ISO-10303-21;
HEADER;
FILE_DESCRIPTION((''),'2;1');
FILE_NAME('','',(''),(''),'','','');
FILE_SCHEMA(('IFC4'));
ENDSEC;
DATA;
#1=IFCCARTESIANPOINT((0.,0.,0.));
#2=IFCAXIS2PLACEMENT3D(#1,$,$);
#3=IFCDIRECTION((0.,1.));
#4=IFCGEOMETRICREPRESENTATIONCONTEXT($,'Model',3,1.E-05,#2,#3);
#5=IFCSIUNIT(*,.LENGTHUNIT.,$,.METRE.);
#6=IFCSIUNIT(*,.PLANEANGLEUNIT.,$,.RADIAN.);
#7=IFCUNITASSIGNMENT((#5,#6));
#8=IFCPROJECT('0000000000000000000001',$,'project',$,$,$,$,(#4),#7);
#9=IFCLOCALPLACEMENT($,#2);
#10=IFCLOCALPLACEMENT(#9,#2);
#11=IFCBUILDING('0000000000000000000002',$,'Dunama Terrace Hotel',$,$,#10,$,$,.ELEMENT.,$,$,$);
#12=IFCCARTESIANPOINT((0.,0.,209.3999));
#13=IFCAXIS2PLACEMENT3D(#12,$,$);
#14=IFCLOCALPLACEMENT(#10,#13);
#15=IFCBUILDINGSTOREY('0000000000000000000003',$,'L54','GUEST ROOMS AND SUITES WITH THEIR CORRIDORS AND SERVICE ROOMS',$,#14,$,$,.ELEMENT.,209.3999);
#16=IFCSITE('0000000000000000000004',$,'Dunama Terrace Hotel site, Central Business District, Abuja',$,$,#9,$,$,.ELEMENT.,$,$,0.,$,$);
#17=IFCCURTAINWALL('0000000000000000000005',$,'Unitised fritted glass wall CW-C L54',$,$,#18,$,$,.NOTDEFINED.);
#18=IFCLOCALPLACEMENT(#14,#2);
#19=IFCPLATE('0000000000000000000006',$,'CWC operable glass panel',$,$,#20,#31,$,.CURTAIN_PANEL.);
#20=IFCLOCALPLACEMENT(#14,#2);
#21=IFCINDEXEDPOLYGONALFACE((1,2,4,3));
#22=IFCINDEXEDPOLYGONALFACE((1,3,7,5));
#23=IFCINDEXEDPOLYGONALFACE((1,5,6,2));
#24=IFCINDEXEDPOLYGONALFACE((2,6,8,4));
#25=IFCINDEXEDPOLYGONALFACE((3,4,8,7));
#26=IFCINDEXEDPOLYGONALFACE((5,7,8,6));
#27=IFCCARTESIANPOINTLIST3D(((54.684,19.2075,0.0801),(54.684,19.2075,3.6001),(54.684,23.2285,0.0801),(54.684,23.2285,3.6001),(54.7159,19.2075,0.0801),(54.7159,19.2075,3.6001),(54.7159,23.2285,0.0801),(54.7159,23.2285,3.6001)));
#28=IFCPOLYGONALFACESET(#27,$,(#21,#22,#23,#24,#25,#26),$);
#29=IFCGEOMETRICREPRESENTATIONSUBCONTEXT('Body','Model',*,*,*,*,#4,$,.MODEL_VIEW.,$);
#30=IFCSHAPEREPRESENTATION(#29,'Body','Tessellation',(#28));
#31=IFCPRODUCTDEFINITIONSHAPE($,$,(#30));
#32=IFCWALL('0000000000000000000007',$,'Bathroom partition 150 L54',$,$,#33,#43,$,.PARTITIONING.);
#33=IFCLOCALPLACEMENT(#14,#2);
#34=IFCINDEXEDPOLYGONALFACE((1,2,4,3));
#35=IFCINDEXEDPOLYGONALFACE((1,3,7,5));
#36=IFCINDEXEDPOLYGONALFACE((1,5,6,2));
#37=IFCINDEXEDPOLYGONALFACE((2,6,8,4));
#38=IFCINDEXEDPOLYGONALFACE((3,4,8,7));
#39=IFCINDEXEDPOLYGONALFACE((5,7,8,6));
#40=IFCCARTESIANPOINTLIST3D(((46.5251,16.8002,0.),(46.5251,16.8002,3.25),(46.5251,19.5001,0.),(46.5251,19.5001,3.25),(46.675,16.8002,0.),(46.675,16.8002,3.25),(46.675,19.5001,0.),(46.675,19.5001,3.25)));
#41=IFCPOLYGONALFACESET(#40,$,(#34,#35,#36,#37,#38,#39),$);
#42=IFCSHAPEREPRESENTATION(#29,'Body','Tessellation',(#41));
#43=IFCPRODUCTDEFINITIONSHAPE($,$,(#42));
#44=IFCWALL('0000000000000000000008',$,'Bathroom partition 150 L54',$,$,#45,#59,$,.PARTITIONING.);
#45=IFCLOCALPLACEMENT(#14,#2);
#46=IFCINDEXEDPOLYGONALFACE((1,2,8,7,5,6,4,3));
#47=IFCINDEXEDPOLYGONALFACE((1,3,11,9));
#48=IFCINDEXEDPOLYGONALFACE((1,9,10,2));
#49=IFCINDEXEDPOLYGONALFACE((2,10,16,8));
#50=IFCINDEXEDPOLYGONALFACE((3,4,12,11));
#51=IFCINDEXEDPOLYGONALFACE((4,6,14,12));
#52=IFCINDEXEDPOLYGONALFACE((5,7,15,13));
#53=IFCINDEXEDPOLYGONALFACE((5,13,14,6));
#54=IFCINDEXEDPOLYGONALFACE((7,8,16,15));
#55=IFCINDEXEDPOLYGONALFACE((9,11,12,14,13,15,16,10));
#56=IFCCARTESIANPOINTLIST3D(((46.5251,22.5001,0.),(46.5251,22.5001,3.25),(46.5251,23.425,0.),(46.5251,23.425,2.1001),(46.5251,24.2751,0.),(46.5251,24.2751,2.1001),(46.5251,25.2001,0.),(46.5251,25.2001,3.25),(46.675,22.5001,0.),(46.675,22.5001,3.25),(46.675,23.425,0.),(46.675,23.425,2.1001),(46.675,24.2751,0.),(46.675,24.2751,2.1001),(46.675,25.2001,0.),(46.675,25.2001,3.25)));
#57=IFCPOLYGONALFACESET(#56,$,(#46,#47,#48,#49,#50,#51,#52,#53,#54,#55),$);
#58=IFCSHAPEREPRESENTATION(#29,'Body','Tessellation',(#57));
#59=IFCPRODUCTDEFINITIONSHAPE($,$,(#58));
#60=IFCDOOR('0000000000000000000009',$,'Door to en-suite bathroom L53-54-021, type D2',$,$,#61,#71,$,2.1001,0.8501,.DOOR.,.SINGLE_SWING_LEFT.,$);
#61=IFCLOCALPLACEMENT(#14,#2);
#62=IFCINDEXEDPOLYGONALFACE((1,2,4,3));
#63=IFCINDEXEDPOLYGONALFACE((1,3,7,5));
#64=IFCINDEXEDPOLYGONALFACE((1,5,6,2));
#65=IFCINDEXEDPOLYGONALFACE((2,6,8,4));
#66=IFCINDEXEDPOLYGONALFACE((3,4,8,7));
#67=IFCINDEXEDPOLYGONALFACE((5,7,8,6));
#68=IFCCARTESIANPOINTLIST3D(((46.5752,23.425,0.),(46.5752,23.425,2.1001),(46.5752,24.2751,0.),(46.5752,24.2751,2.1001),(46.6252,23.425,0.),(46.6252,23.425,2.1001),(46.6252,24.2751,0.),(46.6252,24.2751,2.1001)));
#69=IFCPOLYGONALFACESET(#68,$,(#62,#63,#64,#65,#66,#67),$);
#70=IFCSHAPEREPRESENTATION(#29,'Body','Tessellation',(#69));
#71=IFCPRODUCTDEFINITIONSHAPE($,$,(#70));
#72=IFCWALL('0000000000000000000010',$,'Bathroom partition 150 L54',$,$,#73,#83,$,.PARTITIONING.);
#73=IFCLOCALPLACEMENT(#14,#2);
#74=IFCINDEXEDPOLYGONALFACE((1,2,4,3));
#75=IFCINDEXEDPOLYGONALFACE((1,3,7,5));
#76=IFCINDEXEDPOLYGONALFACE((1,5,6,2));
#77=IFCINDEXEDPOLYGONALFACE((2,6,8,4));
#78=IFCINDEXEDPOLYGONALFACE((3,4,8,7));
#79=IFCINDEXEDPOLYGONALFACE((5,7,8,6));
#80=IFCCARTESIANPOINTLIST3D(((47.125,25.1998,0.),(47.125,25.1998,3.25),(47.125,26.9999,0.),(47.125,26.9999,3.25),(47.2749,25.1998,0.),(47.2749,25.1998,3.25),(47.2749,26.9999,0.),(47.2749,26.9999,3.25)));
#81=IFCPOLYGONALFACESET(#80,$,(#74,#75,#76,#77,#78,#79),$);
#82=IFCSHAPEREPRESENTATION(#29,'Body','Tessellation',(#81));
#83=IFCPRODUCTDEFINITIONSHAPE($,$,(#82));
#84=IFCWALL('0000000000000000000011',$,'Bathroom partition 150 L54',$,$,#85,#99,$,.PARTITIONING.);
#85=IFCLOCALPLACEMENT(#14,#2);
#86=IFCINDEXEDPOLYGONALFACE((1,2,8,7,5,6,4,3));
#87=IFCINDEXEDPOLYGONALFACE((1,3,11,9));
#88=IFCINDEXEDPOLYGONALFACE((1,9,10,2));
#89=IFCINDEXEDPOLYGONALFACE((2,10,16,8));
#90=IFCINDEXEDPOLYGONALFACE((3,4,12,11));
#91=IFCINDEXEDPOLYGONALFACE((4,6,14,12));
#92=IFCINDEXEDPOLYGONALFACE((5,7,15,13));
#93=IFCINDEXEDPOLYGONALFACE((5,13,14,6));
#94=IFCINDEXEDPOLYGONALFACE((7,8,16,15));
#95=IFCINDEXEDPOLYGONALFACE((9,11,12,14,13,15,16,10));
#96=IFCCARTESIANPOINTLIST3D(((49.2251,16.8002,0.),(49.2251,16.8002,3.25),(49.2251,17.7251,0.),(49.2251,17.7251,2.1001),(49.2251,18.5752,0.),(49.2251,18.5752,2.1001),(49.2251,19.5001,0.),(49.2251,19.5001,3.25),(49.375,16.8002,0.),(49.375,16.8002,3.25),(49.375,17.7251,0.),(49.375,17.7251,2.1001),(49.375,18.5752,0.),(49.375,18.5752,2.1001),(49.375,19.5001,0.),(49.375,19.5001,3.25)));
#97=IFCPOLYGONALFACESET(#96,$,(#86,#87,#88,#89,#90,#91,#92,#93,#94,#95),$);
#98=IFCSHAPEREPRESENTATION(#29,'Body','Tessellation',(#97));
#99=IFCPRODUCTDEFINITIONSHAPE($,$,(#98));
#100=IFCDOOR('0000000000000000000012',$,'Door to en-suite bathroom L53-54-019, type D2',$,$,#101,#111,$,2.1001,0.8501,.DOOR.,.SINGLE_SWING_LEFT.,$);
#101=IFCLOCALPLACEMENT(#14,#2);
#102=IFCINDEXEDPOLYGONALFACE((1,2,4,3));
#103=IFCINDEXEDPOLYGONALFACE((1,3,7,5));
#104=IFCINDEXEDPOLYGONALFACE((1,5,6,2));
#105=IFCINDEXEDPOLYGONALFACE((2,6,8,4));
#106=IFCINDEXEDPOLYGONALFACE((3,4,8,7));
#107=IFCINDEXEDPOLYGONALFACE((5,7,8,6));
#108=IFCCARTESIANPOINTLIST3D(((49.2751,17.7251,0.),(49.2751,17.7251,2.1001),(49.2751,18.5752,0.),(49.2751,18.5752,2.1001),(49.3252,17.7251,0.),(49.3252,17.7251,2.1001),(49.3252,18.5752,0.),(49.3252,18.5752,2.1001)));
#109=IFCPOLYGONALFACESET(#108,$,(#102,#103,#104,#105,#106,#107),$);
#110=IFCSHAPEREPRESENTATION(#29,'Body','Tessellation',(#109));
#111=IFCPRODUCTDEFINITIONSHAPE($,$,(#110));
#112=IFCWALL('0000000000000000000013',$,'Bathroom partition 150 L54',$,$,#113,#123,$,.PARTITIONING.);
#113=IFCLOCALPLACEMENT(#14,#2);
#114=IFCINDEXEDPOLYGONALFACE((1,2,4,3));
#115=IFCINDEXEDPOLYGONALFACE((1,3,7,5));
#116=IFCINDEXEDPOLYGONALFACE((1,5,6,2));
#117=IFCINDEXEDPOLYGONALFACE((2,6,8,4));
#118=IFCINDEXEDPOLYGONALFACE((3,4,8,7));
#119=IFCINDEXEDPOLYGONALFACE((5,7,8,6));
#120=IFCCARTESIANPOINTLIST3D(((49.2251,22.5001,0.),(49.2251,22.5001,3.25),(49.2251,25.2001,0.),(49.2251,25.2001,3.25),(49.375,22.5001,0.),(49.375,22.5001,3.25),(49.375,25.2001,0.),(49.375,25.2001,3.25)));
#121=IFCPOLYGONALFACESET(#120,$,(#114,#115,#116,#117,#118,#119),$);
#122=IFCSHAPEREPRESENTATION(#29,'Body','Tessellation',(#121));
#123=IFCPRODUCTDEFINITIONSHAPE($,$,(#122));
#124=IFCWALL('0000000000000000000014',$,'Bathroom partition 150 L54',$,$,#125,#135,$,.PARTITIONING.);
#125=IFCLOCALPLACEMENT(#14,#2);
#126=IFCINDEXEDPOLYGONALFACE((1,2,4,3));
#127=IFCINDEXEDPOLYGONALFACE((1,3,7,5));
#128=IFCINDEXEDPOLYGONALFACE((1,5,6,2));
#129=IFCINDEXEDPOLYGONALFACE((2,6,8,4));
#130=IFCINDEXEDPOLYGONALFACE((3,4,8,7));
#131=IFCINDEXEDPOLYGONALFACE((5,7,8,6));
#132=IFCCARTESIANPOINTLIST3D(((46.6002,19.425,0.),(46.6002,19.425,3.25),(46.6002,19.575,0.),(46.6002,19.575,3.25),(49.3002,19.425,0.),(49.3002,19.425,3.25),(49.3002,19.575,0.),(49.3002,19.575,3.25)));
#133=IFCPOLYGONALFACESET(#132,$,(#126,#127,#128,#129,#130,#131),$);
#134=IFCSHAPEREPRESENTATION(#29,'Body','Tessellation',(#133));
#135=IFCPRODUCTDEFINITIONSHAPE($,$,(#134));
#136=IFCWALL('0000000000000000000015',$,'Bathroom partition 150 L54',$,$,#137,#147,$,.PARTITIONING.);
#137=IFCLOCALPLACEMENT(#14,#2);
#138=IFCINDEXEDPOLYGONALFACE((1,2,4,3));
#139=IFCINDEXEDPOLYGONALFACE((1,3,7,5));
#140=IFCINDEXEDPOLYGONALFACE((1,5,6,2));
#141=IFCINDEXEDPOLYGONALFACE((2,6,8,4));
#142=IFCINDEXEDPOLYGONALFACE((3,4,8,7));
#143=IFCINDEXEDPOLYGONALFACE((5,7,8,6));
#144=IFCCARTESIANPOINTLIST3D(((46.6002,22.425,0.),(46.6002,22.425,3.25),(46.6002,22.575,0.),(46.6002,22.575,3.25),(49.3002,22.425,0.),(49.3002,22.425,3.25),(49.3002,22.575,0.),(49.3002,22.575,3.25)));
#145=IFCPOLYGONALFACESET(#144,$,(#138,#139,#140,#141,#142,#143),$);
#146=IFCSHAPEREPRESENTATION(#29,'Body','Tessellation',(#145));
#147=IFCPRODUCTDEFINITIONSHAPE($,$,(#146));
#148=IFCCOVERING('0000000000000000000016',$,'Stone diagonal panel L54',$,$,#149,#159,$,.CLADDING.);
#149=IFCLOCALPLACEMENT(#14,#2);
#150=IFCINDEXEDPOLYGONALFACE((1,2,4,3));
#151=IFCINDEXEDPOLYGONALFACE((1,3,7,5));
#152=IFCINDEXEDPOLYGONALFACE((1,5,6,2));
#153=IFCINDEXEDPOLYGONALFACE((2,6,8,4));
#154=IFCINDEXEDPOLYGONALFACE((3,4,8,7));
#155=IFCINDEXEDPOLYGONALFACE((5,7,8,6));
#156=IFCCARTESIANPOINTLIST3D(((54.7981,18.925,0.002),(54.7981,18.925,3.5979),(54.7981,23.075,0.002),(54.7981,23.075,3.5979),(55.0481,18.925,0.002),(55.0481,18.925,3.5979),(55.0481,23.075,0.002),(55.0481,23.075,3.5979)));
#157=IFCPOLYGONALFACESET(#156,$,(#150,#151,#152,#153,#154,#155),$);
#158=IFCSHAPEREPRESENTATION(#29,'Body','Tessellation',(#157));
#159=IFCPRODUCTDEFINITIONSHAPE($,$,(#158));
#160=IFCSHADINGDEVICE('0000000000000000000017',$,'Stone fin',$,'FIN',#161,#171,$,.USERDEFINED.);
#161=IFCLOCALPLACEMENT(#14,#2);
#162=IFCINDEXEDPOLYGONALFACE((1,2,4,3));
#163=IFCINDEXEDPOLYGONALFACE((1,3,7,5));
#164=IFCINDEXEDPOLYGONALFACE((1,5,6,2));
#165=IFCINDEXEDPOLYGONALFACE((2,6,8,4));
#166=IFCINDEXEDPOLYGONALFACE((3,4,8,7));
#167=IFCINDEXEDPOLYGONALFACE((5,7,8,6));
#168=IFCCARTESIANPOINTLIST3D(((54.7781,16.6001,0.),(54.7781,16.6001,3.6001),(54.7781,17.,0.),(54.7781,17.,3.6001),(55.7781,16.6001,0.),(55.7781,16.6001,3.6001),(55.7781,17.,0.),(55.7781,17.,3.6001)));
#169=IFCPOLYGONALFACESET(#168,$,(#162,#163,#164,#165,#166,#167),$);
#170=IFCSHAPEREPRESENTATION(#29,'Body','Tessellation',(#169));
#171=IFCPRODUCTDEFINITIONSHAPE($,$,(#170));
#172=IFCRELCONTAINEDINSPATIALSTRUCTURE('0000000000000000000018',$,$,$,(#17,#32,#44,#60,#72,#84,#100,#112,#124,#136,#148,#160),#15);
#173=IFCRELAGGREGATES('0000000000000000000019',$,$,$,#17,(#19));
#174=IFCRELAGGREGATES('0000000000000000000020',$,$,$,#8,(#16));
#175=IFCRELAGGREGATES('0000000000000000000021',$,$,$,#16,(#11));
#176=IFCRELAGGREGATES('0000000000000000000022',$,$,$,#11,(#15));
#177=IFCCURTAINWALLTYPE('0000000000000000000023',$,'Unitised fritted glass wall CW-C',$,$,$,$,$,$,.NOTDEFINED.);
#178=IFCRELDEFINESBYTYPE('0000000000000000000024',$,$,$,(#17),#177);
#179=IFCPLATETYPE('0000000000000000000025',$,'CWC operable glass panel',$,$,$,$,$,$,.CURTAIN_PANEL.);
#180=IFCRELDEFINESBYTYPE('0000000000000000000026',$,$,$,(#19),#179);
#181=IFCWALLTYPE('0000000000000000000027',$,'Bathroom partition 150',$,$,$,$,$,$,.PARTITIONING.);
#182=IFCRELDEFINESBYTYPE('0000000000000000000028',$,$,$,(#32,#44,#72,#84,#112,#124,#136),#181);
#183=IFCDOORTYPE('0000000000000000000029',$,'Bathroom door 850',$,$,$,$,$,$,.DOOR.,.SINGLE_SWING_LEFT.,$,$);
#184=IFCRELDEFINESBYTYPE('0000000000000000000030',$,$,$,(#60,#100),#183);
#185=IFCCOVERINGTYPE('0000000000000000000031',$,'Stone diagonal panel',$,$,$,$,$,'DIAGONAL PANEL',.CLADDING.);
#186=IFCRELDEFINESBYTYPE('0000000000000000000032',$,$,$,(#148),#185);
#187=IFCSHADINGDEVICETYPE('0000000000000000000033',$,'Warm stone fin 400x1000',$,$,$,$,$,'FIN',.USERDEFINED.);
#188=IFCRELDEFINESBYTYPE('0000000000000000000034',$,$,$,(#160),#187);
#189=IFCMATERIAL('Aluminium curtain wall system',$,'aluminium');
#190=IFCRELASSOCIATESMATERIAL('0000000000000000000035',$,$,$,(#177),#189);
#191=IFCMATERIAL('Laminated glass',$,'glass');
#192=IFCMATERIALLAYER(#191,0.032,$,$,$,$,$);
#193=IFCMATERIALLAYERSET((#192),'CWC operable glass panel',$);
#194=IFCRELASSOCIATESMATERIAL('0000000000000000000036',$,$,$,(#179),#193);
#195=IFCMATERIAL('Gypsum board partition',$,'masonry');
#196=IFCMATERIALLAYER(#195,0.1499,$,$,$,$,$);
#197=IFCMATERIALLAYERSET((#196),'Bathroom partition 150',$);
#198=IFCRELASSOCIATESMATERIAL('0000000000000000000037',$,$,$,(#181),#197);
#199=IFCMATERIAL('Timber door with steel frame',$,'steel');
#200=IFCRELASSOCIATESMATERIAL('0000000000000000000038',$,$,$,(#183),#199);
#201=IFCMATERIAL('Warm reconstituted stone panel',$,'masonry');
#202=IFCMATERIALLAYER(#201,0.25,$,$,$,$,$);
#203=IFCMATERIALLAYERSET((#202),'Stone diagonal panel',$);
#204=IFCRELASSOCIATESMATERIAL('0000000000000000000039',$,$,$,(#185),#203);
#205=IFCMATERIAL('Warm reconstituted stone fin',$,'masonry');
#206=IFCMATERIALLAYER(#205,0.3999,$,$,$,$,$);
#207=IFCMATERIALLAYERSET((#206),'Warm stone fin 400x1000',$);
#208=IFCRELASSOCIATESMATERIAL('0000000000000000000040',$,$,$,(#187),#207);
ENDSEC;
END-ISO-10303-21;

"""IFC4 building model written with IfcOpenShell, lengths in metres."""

from ifc_helpers import new_model, si_unit, direction, frame, frame_2d, origin, origin_2d, place, context, subcontext, project, spatial, rectangle, extrude, material, layer, layer_set, type_object, element, fill, aggregate, save


model = new_model("IFC4")

# Units and contexts
model_context = context("Model", 3, precision=1e-05, world=origin(), true_north=direction((0.0, 1.0)))
body_context = subcontext(model_context, "Body", "Model", "MODEL_VIEW")
ifc_project = project(units=[si_unit("LENGTHUNIT", "METRE"), si_unit("PLANEANGLEUNIT", "RADIAN")], contexts=[model_context])

# Site, building, storey
site_placement = place(None, origin())
site = spatial("IfcSite", under=ifc_project, at=site_placement, Name="Dunama Terrace Hotel site, Central Business District, Abuja", CompositionType="ELEMENT", RefElevation=0.0)
building_placement = place(site_placement, origin())
building = spatial("IfcBuilding", under=site, at=building_placement, Name="Dunama Terrace Hotel", CompositionType="ELEMENT")
storey_placement = place(building_placement, frame((0.0, 0.0, 209.3999)))
storey = spatial("IfcBuildingStorey", under=building, at=storey_placement, Name="L54", Description="GUEST ROOMS AND SUITES WITH THEIR CORRIDORS AND SERVICE ROOMS", CompositionType="ELEMENT", Elevation=209.3999)

# Curtain wall
ifc_material_1 = material(Name="Aluminium curtain wall system", Category="aluminium")
curtain_wall_type = type_object("IfcCurtainWallType", Name="Unitised fritted glass wall CW-C", PredefinedType="NOTDEFINED", material=ifc_material_1)
curtain_wall_placement = place(storey_placement, origin())
curtain_wall = element("IfcCurtainWall", 1, at=curtain_wall_placement, inside=storey, type_object=curtain_wall_type, Name="Unitised fritted glass wall CW-C L54", PredefinedType="NOTDEFINED")

# Plate
ifc_material_2 = material(Name="Laminated glass", Category="glass")
ifc_layer_1 = layer(ifc_material_2, 0.032)
ifc_layer_set_1 = layer_set([ifc_layer_1], Name="CWC operable glass panel")
plate_type_1 = type_object("IfcPlateType", Name="CWC operable glass panel", PredefinedType="CURTAIN_PANEL", material=ifc_layer_set_1)
plate_1_placement = place(storey_placement, frame((54.7, 21.218, 0.0801), z_axis=(0.0, 0.0, 1.0), x_axis=(0.0, 1.0, 0.0)))
plate_1 = element("IfcPlate", 2, at=plate_1_placement, type_object=plate_type_1, Name="CWC operable glass panel", PredefinedType="CURTAIN_PANEL", context=body_context, shape_type="SweptSolid", body=[
    extrude(rectangle(XDim=4.021, YDim=0.032, at=origin_2d()), origin(), (0.0, 0.0, 1.0), 3.52),
])
aggregate(curtain_wall, [plate_1])

# Wall
ifc_material_3 = material(Name="Gypsum board partition", Category="masonry")
ifc_layer_2 = layer(ifc_material_3, 0.1499)
ifc_layer_set_2 = layer_set([ifc_layer_2], Name="Bathroom partition 150")
wall_type = type_object("IfcWallType", Name="Bathroom partition 150", PredefinedType="PARTITIONING", material=ifc_layer_set_2)
wall_1_placement = place(storey_placement, frame((46.6001, 16.8, 0.0), z_axis=(0.0, 0.0, 1.0), x_axis=(0.0, 1.0, 0.0)))
element("IfcWall", 3, at=wall_1_placement, inside=storey, type_object=wall_type, Name="Bathroom partition 150 L54", PredefinedType="PARTITIONING", context=body_context, shape_type="SweptSolid", body=[
    extrude(rectangle(XDim=2.7, YDim=0.1499, at=frame_2d((1.3501, 0.0))), origin(), (0.0, 0.0, 1.0), 3.25),
])

# Wall, opening, door
wall_2_placement = place(storey_placement, frame((46.6001, 22.5, 0.0), z_axis=(0.0, 0.0, 1.0), x_axis=(0.0, 1.0, 0.0)))
wall_2 = element("IfcWall", 4, at=wall_2_placement, inside=storey, type_object=wall_type, Name="Bathroom partition 150 L54", PredefinedType="PARTITIONING", context=body_context, shape_type="SweptSolid", body=[
    extrude(rectangle(XDim=2.7, YDim=0.1499, at=frame_2d((1.3501, 0.0))), origin(), (0.0, 0.0, 1.0), 3.25),
])
opening_1_placement = place(wall_2_placement, frame((0.925, 0.0, 0.0)))
opening_1 = element("IfcOpeningElement", 5, at=opening_1_placement, cuts=wall_2, PredefinedType="OPENING", context=body_context, shape_type="SweptSolid", body=[
    extrude(rectangle(XDim=0.8501, YDim=2.1001, at=frame_2d((0.425, 1.05))), frame((0.0, 0.085, 0.0), z_axis=(0.0, -1.0, 0.0), x_axis=(1.0, 0.0, 0.0)), (0.0, 0.0, 1.0), 0.1699),
])
ifc_material_4 = material(Name="Timber door with steel frame", Category="steel")
door_type = type_object("IfcDoorType", Name="Bathroom door 850", OperationType="SINGLE_SWING_LEFT", PredefinedType="DOOR", material=ifc_material_4)
door_1_placement = place(opening_1_placement, frame((0.8501, 0.0, 0.0), z_axis=(0.0, 0.0, 1.0), x_axis=(-1.0, 0.0, 0.0)))
door_1 = element("IfcDoor", 6, at=door_1_placement, inside=storey, type_object=door_type, Name="Door to en-suite bathroom L53-54-021, type D2", OperationType="SINGLE_SWING_LEFT", OverallHeight=2.1001, OverallWidth=0.8501, PredefinedType="DOOR", context=body_context, shape_type="SweptSolid", body=[
    extrude(rectangle(XDim=0.8501, YDim=2.1001, at=frame_2d((0.425, 1.05))), frame((0.0, 0.0251, 0.0), z_axis=(0.0, -1.0, 0.0), x_axis=(1.0, 0.0, 0.0)), (0.0, 0.0, 1.0), 0.05),
])
fill(opening_1, door_1)

# Wall
wall_3_placement = place(storey_placement, frame((47.2, 25.2, 0.0), z_axis=(0.0, 0.0, 1.0), x_axis=(0.0, 1.0, 0.0)))
element("IfcWall", 7, at=wall_3_placement, inside=storey, type_object=wall_type, Name="Bathroom partition 150 L54", PredefinedType="PARTITIONING", context=body_context, shape_type="SweptSolid", body=[
    extrude(rectangle(XDim=1.8, YDim=0.1499, at=frame_2d((0.8999, 0.0))), origin(), (0.0, 0.0, 1.0), 3.25),
])

# Wall, opening, door
wall_4_placement = place(storey_placement, frame((49.3, 16.8, 0.0), z_axis=(0.0, 0.0, 1.0), x_axis=(0.0, 1.0, 0.0)))
wall_4 = element("IfcWall", 8, at=wall_4_placement, inside=storey, type_object=wall_type, Name="Bathroom partition 150 L54", PredefinedType="PARTITIONING", context=body_context, shape_type="SweptSolid", body=[
    extrude(rectangle(XDim=2.7, YDim=0.1499, at=frame_2d((1.3501, 0.0))), origin(), (0.0, 0.0, 1.0), 3.25),
])
opening_2_placement = place(wall_4_placement, frame((0.925, 0.0, 0.0)))
opening_2 = element("IfcOpeningElement", 9, at=opening_2_placement, cuts=wall_4, PredefinedType="OPENING", context=body_context, shape_type="SweptSolid", body=[
    extrude(rectangle(XDim=0.8501, YDim=2.1001, at=frame_2d((0.425, 1.05))), frame((0.0, 0.085, 0.0), z_axis=(0.0, -1.0, 0.0), x_axis=(1.0, 0.0, 0.0)), (0.0, 0.0, 1.0), 0.1699),
])
door_2_placement = place(opening_2_placement, origin())
door_2 = element("IfcDoor", 10, at=door_2_placement, inside=storey, type_object=door_type, Name="Door to en-suite bathroom L53-54-019, type D2", OperationType="SINGLE_SWING_LEFT", OverallHeight=2.1001, OverallWidth=0.8501, PredefinedType="DOOR", context=body_context, shape_type="SweptSolid", body=[
    extrude(rectangle(XDim=0.8501, YDim=2.1001, at=frame_2d((0.425, 1.05))), frame((0.0, 0.0249, 0.0), z_axis=(0.0, -1.0, 0.0), x_axis=(1.0, 0.0, 0.0)), (0.0, 0.0, 1.0), 0.05),
])
fill(opening_2, door_2)

# Walls
for number, where, z_axis, x_axis, name in (
    (11, (49.3, 22.5, 0.0), (0.0, 0.0, 1.0), (0.0, 1.0, 0.0), "Bathroom partition 150 L54"),
    (12, (46.6001, 19.5, 0.0), (0.0, 0.0, 1.0), (1.0, 0.0, 0.0), "Bathroom partition 150 L54"),
    (13, (46.6001, 22.5, 0.0), (0.0, 0.0, 1.0), (1.0, 0.0, 0.0), "Bathroom partition 150 L54"),
):
    element("IfcWall", number, at=place(storey_placement, frame(where, z_axis=z_axis, x_axis=x_axis)), inside=storey, type_object=wall_type, Name=name, PredefinedType="PARTITIONING", context=body_context, shape_type="SweptSolid", body=[
        extrude(rectangle(XDim=2.7, YDim=0.1499, at=frame_2d((1.3501, 0.0))), origin(), (0.0, 0.0, 1.0), 3.25),
    ])

# Covering
ifc_material_5 = material(Name="Warm reconstituted stone panel", Category="masonry")
ifc_layer_3 = layer(ifc_material_5, 0.25)
ifc_layer_set_3 = layer_set([ifc_layer_3], Name="Stone diagonal panel")
covering_type = type_object("IfcCoveringType", Name="Stone diagonal panel", ElementType="DIAGONAL PANEL", PredefinedType="CLADDING", material=ifc_layer_set_3)
covering_placement = place(storey_placement, frame((54.9231, 21.0, 0.002), z_axis=(0.0, 0.0, 1.0), x_axis=(0.0, 1.0, 0.0)))
element("IfcCovering", 14, at=covering_placement, inside=storey, type_object=covering_type, Name="Stone diagonal panel L54", PredefinedType="CLADDING", context=body_context, shape_type="SweptSolid", body=[
    extrude(rectangle(XDim=4.1499, YDim=0.25, at=origin_2d()), origin(), (0.0, 0.0, 1.0), 3.5959),
])

# Shading device
ifc_material_6 = material(Name="Warm reconstituted stone fin", Category="masonry")
ifc_layer_4 = layer(ifc_material_6, 0.3999)
ifc_layer_set_4 = layer_set([ifc_layer_4], Name="Warm stone fin 400x1000")
shading_device_type = type_object("IfcShadingDeviceType", Name="Warm stone fin 400x1000", ElementType="FIN", PredefinedType="USERDEFINED", material=ifc_layer_set_4)
shading_device_placement = place(storey_placement, frame((55.2781, 16.8, 0.0), z_axis=(0.0, 0.0, 1.0), x_axis=(0.0, 1.0, 0.0)))
element("IfcShadingDevice", 15, at=shading_device_placement, inside=storey, type_object=shading_device_type, Name="Stone fin", ObjectType="FIN", PredefinedType="USERDEFINED", context=body_context, shape_type="SweptSolid", body=[
    extrude(rectangle(XDim=0.3999, YDim=1.0, at=origin_2d()), origin(), (0.0, 0.0, 1.0), 3.6001),
])

save(model, "model.ifc")
